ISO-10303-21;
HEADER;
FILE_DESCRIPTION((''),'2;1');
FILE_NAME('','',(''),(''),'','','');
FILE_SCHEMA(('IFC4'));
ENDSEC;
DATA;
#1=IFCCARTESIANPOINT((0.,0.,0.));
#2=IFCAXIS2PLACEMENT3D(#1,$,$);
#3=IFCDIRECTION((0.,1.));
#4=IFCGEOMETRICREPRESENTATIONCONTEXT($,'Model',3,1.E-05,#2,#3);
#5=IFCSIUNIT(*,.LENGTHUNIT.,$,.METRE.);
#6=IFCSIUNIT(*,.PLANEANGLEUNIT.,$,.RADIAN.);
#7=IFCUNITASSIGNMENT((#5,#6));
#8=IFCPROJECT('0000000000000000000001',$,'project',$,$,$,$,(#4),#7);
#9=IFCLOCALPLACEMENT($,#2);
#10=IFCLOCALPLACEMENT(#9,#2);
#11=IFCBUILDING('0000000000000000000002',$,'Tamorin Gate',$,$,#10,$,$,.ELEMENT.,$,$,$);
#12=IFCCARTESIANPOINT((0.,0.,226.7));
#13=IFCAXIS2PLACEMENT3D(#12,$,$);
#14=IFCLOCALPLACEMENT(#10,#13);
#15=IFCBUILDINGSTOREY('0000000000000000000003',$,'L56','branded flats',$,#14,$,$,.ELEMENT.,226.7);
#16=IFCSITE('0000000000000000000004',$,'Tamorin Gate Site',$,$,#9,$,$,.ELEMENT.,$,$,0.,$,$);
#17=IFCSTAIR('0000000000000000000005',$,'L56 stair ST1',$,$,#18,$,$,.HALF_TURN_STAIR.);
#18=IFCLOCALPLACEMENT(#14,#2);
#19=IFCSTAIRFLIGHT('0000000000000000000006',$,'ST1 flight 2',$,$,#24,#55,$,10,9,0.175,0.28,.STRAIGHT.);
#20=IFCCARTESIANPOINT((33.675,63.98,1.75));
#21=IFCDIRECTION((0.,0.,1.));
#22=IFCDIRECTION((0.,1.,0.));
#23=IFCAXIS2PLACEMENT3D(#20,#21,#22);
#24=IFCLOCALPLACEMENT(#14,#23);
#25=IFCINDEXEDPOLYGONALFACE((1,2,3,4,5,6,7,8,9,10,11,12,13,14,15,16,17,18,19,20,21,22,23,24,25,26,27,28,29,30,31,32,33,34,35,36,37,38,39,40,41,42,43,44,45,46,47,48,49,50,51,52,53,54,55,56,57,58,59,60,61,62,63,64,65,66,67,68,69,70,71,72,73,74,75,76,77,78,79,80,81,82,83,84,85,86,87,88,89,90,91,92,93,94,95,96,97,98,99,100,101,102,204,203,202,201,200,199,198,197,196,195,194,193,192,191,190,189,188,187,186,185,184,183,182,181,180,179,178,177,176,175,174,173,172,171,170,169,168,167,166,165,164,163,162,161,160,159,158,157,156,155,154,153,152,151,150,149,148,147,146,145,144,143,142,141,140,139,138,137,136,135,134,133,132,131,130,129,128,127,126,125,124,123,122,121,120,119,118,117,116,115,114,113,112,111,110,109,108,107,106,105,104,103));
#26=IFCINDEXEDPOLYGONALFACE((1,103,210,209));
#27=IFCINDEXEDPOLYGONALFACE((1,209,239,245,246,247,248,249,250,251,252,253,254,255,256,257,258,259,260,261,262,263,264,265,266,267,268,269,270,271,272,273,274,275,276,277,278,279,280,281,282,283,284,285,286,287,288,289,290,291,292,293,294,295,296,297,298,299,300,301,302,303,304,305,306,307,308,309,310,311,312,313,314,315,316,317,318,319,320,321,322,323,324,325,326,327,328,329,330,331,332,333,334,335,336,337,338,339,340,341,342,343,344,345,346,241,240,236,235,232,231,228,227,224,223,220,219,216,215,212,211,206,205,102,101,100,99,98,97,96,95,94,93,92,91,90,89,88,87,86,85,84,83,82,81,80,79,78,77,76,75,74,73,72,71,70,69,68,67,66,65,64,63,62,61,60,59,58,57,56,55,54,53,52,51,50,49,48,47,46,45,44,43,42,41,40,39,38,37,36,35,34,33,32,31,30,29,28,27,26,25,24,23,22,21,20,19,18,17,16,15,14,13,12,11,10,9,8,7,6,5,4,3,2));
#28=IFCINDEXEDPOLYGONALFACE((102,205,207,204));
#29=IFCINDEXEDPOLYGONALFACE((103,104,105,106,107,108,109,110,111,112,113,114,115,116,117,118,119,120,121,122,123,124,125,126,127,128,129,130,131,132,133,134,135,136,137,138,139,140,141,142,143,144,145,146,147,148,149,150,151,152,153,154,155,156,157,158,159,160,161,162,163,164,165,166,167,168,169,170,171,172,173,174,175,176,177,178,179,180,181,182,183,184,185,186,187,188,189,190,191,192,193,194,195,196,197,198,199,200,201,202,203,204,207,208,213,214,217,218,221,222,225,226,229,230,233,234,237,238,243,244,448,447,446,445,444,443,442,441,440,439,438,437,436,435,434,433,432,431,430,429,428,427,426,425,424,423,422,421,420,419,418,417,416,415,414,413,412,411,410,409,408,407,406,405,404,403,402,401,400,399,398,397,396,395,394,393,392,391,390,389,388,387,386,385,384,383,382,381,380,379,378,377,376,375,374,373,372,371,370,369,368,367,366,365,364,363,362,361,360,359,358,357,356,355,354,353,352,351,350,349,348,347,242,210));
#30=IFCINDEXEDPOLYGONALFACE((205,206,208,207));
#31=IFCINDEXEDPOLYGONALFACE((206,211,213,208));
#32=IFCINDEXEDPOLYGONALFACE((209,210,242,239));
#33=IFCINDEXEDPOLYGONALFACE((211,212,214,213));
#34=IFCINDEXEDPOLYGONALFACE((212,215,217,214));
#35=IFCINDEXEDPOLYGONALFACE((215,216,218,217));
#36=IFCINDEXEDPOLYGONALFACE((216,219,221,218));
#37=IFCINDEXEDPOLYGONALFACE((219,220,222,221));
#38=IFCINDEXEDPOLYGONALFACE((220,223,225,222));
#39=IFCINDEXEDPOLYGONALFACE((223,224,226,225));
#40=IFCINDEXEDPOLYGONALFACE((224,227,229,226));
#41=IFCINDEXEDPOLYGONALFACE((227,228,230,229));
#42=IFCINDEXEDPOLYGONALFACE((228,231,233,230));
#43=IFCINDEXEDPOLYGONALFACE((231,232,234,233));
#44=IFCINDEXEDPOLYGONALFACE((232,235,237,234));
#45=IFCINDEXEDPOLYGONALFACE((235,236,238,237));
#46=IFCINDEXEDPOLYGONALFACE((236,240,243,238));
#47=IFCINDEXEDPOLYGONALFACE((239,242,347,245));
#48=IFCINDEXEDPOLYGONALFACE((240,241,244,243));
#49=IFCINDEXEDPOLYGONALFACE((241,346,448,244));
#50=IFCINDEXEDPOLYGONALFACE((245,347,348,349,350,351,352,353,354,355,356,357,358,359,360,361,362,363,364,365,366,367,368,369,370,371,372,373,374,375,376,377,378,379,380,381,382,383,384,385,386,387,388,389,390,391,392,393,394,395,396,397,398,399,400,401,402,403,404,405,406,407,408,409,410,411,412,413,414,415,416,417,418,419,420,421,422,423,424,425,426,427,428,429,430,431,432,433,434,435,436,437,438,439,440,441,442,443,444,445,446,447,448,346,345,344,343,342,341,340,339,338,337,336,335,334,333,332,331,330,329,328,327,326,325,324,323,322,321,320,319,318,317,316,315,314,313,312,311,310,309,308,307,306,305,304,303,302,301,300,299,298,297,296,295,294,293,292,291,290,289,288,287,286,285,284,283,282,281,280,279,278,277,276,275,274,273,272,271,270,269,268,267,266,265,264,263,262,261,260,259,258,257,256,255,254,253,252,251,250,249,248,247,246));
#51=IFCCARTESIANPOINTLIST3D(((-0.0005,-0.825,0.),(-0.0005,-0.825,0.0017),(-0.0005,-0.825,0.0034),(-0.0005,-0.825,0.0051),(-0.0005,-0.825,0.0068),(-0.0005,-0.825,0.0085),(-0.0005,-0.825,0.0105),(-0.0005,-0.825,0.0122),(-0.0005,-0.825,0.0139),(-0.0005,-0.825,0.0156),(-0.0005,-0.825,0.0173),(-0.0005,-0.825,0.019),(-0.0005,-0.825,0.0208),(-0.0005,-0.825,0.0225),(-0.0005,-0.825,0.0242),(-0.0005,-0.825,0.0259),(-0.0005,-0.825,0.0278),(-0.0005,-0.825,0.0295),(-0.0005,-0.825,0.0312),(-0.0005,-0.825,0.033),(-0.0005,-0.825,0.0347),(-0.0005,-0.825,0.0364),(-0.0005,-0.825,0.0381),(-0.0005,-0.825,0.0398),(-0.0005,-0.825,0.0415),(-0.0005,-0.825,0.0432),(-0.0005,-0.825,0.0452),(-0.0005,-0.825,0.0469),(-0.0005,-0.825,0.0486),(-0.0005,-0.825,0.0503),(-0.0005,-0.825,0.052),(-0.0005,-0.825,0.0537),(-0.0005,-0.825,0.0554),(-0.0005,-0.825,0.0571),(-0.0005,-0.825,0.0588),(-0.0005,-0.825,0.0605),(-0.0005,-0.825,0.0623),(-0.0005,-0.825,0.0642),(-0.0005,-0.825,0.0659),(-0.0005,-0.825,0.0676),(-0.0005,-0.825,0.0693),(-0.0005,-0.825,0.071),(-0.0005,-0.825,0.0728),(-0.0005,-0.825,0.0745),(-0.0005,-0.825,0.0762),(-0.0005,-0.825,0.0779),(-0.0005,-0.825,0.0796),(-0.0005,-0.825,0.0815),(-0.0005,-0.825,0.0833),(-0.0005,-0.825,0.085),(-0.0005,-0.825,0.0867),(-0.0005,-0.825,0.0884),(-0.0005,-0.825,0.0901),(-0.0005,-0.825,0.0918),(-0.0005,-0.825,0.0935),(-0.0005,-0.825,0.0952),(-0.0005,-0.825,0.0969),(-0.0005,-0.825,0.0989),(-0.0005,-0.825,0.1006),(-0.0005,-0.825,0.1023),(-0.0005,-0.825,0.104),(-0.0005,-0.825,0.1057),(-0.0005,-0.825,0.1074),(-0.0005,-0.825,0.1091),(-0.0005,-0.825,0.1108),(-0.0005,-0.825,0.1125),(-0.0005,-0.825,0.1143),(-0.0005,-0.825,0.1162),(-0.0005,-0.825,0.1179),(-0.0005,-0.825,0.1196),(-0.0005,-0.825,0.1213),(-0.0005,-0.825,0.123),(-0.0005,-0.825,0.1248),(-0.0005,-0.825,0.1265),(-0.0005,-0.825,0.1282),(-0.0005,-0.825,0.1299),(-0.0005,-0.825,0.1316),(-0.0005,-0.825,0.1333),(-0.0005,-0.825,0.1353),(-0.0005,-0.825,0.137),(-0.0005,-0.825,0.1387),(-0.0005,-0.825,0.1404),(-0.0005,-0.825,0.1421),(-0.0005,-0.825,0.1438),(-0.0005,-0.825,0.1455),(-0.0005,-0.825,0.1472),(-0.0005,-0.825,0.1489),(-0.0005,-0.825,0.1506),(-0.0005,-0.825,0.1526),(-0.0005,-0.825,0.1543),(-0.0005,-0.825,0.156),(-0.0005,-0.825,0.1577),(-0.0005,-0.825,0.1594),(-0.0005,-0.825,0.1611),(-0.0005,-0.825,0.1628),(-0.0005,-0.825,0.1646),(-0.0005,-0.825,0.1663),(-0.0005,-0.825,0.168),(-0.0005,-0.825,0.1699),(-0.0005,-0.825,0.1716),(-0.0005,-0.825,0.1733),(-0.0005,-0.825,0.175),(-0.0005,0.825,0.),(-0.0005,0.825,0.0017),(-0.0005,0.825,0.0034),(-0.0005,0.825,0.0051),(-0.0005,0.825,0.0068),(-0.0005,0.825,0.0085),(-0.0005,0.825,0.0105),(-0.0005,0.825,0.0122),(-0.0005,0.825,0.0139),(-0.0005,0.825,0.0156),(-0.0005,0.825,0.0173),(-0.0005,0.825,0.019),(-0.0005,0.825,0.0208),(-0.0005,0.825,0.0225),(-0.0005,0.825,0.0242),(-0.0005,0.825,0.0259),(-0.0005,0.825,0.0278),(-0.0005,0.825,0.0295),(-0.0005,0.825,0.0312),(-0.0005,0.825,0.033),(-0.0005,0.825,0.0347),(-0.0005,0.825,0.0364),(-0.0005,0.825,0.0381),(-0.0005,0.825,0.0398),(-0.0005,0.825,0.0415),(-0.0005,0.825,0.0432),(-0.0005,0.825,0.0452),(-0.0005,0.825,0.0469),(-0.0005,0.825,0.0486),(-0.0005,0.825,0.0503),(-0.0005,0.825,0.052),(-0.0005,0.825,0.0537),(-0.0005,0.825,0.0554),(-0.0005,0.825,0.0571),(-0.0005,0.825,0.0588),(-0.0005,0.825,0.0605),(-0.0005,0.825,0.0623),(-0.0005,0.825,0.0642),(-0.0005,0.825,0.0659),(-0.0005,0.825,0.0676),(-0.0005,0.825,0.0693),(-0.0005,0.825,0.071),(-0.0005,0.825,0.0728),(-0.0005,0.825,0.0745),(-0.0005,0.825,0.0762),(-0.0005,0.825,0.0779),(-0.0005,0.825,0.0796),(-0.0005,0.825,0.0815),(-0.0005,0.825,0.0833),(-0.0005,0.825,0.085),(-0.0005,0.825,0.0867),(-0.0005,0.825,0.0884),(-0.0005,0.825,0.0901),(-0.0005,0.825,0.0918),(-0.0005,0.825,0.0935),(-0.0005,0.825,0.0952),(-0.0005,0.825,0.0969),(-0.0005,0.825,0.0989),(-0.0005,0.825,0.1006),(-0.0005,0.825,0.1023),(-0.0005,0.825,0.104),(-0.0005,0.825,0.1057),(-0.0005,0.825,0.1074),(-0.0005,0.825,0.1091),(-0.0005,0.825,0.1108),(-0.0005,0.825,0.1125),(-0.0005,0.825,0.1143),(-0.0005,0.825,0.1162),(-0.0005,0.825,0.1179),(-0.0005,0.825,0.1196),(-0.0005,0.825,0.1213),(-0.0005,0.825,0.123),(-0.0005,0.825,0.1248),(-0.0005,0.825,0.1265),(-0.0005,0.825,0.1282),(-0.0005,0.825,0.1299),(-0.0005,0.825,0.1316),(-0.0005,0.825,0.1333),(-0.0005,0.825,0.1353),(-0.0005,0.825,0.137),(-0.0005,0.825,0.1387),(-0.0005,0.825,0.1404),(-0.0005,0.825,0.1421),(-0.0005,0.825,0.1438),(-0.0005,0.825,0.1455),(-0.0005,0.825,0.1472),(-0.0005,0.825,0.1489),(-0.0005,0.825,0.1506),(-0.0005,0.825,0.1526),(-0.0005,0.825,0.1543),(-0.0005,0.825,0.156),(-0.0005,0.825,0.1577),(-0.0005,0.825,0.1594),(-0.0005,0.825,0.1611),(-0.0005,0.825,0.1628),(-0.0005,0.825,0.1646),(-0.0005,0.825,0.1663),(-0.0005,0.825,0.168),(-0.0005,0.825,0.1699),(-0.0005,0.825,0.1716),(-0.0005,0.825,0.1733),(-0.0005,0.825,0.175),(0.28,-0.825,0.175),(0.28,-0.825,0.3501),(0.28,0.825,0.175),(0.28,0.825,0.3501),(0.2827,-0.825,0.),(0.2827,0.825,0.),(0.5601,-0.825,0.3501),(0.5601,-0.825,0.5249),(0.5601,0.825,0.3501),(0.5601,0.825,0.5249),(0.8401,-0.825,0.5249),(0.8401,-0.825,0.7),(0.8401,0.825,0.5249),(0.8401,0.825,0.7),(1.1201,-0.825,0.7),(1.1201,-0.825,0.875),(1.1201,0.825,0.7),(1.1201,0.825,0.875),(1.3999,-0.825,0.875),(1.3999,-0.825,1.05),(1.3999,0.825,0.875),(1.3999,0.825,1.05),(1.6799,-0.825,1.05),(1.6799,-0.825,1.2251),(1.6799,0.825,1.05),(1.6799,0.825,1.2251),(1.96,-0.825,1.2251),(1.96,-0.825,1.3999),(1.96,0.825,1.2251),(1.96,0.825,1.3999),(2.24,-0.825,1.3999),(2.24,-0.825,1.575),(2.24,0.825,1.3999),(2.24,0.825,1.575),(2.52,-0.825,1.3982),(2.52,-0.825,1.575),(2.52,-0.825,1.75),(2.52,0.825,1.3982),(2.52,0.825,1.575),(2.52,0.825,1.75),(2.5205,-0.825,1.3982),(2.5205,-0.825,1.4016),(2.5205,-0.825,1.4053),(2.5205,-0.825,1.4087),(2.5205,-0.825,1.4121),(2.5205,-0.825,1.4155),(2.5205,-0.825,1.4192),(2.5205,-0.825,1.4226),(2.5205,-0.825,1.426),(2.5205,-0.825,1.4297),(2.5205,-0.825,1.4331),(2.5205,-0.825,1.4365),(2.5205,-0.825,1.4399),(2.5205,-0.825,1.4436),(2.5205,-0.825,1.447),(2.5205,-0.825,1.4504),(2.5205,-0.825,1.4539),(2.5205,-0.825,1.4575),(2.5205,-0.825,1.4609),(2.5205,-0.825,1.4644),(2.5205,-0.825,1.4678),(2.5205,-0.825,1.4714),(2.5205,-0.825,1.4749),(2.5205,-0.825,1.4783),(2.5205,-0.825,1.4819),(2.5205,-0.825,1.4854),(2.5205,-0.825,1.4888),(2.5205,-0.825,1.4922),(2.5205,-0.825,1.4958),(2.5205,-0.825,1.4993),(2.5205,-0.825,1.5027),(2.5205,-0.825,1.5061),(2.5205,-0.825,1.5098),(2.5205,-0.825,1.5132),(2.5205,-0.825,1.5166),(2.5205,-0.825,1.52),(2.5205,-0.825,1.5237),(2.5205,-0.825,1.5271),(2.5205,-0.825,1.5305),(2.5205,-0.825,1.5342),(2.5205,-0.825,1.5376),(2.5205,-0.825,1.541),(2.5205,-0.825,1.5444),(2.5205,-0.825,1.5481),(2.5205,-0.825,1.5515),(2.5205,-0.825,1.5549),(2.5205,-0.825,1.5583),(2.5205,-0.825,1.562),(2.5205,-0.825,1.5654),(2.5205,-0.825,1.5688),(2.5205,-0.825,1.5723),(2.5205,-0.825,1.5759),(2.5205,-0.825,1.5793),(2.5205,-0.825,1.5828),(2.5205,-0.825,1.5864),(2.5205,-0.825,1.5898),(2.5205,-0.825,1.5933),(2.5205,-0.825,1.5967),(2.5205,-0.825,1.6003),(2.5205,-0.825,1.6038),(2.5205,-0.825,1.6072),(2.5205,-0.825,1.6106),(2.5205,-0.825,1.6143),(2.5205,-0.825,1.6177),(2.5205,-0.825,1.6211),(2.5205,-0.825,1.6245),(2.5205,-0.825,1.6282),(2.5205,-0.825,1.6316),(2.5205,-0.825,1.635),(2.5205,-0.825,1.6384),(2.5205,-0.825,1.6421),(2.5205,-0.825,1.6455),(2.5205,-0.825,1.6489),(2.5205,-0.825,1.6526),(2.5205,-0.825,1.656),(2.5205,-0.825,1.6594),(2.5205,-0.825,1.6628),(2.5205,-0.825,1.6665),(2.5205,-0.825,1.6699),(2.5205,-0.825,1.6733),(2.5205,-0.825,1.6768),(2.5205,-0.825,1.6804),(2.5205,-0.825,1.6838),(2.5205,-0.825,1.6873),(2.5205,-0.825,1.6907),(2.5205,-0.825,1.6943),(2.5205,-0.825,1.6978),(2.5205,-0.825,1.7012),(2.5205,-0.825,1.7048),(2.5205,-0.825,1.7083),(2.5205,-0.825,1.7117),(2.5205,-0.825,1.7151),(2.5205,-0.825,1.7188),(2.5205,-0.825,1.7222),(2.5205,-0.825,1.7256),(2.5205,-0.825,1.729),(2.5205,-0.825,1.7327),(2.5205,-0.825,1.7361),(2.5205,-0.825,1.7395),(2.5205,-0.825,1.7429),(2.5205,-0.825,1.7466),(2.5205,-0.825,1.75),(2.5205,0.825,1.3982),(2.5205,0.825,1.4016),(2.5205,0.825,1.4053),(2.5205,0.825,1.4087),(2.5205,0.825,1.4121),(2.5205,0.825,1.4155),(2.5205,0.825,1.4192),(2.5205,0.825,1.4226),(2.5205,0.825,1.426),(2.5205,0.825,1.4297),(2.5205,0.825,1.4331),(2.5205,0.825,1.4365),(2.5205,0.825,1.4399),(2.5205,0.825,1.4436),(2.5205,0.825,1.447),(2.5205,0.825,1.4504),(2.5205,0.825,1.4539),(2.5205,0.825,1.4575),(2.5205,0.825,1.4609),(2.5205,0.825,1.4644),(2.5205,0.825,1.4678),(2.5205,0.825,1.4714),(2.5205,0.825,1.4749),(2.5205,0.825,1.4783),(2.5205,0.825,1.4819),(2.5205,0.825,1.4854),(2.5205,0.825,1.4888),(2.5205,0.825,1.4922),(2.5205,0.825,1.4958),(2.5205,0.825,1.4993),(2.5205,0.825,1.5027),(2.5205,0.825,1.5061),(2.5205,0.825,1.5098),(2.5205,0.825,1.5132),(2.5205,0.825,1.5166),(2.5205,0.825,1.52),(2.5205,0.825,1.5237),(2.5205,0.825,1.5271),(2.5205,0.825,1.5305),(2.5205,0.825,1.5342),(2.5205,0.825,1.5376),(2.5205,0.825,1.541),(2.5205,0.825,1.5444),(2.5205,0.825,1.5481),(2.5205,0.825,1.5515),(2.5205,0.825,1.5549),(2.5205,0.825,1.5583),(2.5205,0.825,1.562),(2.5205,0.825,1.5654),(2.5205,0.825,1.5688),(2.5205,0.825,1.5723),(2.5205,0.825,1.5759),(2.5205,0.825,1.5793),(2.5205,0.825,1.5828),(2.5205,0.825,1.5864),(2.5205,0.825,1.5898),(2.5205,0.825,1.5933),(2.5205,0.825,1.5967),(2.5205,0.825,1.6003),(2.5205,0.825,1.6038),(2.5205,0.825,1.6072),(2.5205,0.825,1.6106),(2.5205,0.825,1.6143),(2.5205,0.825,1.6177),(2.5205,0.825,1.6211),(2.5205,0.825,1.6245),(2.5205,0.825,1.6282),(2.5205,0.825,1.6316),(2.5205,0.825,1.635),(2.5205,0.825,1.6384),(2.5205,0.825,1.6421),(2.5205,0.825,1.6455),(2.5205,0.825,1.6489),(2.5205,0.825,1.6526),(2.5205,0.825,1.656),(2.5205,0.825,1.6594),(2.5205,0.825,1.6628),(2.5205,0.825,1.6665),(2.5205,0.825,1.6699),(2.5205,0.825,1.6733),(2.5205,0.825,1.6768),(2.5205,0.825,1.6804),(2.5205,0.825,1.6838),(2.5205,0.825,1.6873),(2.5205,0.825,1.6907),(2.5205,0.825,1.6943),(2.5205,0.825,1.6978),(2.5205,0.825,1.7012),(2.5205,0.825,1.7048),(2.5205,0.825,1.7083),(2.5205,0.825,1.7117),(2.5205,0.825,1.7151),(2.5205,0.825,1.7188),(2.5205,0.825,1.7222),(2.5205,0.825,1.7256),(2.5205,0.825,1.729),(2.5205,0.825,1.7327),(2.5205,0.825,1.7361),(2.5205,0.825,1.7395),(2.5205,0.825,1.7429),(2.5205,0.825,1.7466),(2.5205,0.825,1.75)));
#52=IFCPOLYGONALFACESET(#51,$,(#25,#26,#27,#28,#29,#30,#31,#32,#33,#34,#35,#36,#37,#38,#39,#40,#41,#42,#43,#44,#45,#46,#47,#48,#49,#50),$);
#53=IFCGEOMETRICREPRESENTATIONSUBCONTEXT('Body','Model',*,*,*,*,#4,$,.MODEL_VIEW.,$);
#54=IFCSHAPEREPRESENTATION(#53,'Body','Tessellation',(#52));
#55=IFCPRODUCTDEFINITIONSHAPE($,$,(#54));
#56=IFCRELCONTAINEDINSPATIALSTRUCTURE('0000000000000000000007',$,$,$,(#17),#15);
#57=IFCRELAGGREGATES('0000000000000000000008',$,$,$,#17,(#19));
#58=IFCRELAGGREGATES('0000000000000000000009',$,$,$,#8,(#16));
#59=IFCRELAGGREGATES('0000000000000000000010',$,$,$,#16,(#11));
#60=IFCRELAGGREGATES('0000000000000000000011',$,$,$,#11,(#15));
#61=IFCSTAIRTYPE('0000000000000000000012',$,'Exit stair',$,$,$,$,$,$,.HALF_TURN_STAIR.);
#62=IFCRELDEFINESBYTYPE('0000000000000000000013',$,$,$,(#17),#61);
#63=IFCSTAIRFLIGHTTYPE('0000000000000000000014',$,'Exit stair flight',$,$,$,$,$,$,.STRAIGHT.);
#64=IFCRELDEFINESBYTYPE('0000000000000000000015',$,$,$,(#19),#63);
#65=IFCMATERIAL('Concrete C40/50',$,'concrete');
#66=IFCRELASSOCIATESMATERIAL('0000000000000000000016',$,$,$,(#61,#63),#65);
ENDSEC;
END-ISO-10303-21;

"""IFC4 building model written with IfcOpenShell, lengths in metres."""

from ifc_helpers import new_model, si_unit, direction, frame, origin, place, context, subcontext, project, spatial, polyline, outline, extrude, material, type_object, element, aggregate, save


model = new_model("IFC4")

# Units and contexts
model_context = context("Model", 3, precision=1e-05, world=origin(), true_north=direction((0.0, 1.0)))
body_context = subcontext(model_context, "Body", "Model", "MODEL_VIEW")
ifc_project = project(units=[si_unit("LENGTHUNIT", "METRE"), si_unit("PLANEANGLEUNIT", "RADIAN")], contexts=[model_context])

# Site, building, storey
site_placement = place(None, origin())
site = spatial("IfcSite", under=ifc_project, at=site_placement, Name="Tamorin Gate Site", CompositionType="ELEMENT", RefElevation=0.0)
building_placement = place(site_placement, origin())
building = spatial("IfcBuilding", under=site, at=building_placement, Name="Tamorin Gate", CompositionType="ELEMENT")
storey_placement = place(building_placement, frame((0.0, 0.0, 226.7)))
storey = spatial("IfcBuildingStorey", under=building, at=storey_placement, Name="L56", Description="branded flats", CompositionType="ELEMENT", Elevation=226.7)

# Shared definitions
ifc_material_1 = material(Name="Concrete C40/50", Category="concrete")

# Stair, stair flight
stair_type = type_object("IfcStairType", Name="Exit stair", PredefinedType="HALF_TURN_STAIR", material=ifc_material_1)
stair_1_placement = place(storey_placement, origin())
stair_1 = element("IfcStair", 1, at=stair_1_placement, inside=storey, type_object=stair_type, Name="L56 stair ST1", PredefinedType="HALF_TURN_STAIR")
stair_flight_type = type_object("IfcStairFlightType", Name="Exit stair flight", PredefinedType="STRAIGHT", material=ifc_material_1)
stair_flight_1_placement = place(storey_placement, frame((33.675, 63.98, 1.75), z_axis=(0.0, 0.0, 1.0), x_axis=(0.0, 1.0, 0.0)))
stair_flight_1 = element("IfcStairFlight", 2, at=stair_flight_1_placement, type_object=stair_flight_type, Name="ST1 flight 2", NumberOfRisers=10, NumberOfTreads=9, PredefinedType="STRAIGHT", RiserHeight=0.175, TreadLength=0.28, context=body_context, shape_type="SweptSolid", body=[
    extrude(outline(polyline([(-0.0005, 0.0), (-0.0005, 0.0017), (-0.0005, 0.0034), (-0.0005, 0.0051), (-0.0005, 0.0068), (-0.0005, 0.0085), (-0.0005, 0.0105), (-0.0005, 0.0122), (-0.0005, 0.0139), (-0.0005, 0.0156), (-0.0005, 0.0173), (-0.0005, 0.019), (-0.0005, 0.0208), (-0.0005, 0.0225), (-0.0005, 0.0242), (-0.0005, 0.0259), (-0.0005, 0.0278), (-0.0005, 0.0295), (-0.0005, 0.0312), (-0.0005, 0.033), (-0.0005, 0.0347), (-0.0005, 0.0364), (-0.0005, 0.0381), (-0.0005, 0.0398), (-0.0005, 0.0415), (-0.0005, 0.0432), (-0.0005, 0.0452), (-0.0005, 0.0469), (-0.0005, 0.0486), (-0.0005, 0.0503), (-0.0005, 0.052), (-0.0005, 0.0537), (-0.0005, 0.0554), (-0.0005, 0.0571), (-0.0005, 0.0588), (-0.0005, 0.0605), (-0.0005, 0.0623), (-0.0005, 0.0642), (-0.0005, 0.0659), (-0.0005, 0.0676), (-0.0005, 0.0693), (-0.0005, 0.071), (-0.0005, 0.0728), (-0.0005, 0.0745), (-0.0005, 0.0762), (-0.0005, 0.0779), (-0.0005, 0.0796), (-0.0005, 0.0815), (-0.0005, 0.0833), (-0.0005, 0.085), (-0.0005, 0.0867), (-0.0005, 0.0884), (-0.0005, 0.0901), (-0.0005, 0.0918), (-0.0005, 0.0935), (-0.0005, 0.0952), (-0.0005, 0.0969), (-0.0005, 0.0989), (-0.0005, 0.1006), (-0.0005, 0.1023), (-0.0005, 0.104), (-0.0005, 0.1057), (-0.0005, 0.1074), (-0.0005, 0.1091), (-0.0005, 0.1108), (-0.0005, 0.1125), (-0.0005, 0.1143), (-0.0005, 0.1162), (-0.0005, 0.1179), (-0.0005, 0.1196), (-0.0005, 0.1213), (-0.0005, 0.123), (-0.0005, 0.1248), (-0.0005, 0.1265), (-0.0005, 0.1282), (-0.0005, 0.1299), (-0.0005, 0.1316), (-0.0005, 0.1333), (-0.0005, 0.1353), (-0.0005, 0.137), (-0.0005, 0.1387), (-0.0005, 0.1404), (-0.0005, 0.1421), (-0.0005, 0.1438), (-0.0005, 0.1455), (-0.0005, 0.1472), (-0.0005, 0.1489), (-0.0005, 0.1506), (-0.0005, 0.1526), (-0.0005, 0.1543), (-0.0005, 0.156), (-0.0005, 0.1577), (-0.0005, 0.1594), (-0.0005, 0.1611), (-0.0005, 0.1628), (-0.0005, 0.1646), (-0.0005, 0.1663), (-0.0005, 0.168), (-0.0005, 0.1699), (-0.0005, 0.1716), (-0.0005, 0.1733), (-0.0005, 0.175), (0.28, 0.175), (0.28, 0.3501), (0.5601, 0.3501), (0.5601, 0.5249), (0.8401, 0.5249), (0.8401, 0.7), (1.1201, 0.7), (1.1201, 0.875), (1.3999, 0.875), (1.3999, 1.05), (1.6799, 1.05), (1.6799, 1.2251), (1.96, 1.2251), (1.96, 1.3999), (2.24, 1.3999), (2.24, 1.575), (2.52, 1.575), (2.52, 1.75), (2.5205, 1.75), (2.5205, 1.7466), (2.5205, 1.7429), (2.5205, 1.7395), (2.5205, 1.7361), (2.5205, 1.7327), (2.5205, 1.729), (2.5205, 1.7256), (2.5205, 1.7222), (2.5205, 1.7188), (2.5205, 1.7151), (2.5205, 1.7117), (2.5205, 1.7083), (2.5205, 1.7048), (2.5205, 1.7012), (2.5205, 1.6978), (2.5205, 1.6943), (2.5205, 1.6907), (2.5205, 1.6873), (2.5205, 1.6838), (2.5205, 1.6804), (2.5205, 1.6768), (2.5205, 1.6733), (2.5205, 1.6699), (2.5205, 1.6665), (2.5205, 1.6628), (2.5205, 1.6594), (2.5205, 1.656), (2.5205, 1.6526), (2.5205, 1.6489), (2.5205, 1.6455), (2.5205, 1.6421), (2.5205, 1.6384), (2.5205, 1.635), (2.5205, 1.6316), (2.5205, 1.6282), (2.5205, 1.6245), (2.5205, 1.6211), (2.5205, 1.6177), (2.5205, 1.6143), (2.5205, 1.6106), (2.5205, 1.6072), (2.5205, 1.6038), (2.5205, 1.6003), (2.5205, 1.5967), (2.5205, 1.5933), (2.5205, 1.5898), (2.5205, 1.5864), (2.5205, 1.5828), (2.5205, 1.5793), (2.5205, 1.5759), (2.5205, 1.5723), (2.5205, 1.5688), (2.5205, 1.5654), (2.5205, 1.562), (2.5205, 1.5583), (2.5205, 1.5549), (2.5205, 1.5515), (2.5205, 1.5481), (2.5205, 1.5444), (2.5205, 1.541), (2.5205, 1.5376), (2.5205, 1.5342), (2.5205, 1.5305), (2.5205, 1.5271), (2.5205, 1.5237), (2.5205, 1.52), (2.5205, 1.5166), (2.5205, 1.5132), (2.5205, 1.5098), (2.5205, 1.5061), (2.5205, 1.5027), (2.5205, 1.4993), (2.5205, 1.4958), (2.5205, 1.4922), (2.5205, 1.4888), (2.5205, 1.4854), (2.5205, 1.4819), (2.5205, 1.4783), (2.5205, 1.4749), (2.5205, 1.4714), (2.5205, 1.4678), (2.5205, 1.4644), (2.5205, 1.4609), (2.5205, 1.4575), (2.5205, 1.4539), (2.5205, 1.4504), (2.5205, 1.447), (2.5205, 1.4436), (2.5205, 1.4399), (2.5205, 1.4365), (2.5205, 1.4331), (2.5205, 1.4297), (2.5205, 1.426), (2.5205, 1.4226), (2.5205, 1.4192), (2.5205, 1.4155), (2.5205, 1.4121), (2.5205, 1.4087), (2.5205, 1.4053), (2.5205, 1.4016), (2.5205, 1.3982), (2.52, 1.3982), (0.2827, 0.0), (-0.0005, 0.0)])), frame((0.0, 0.825, 0.0), z_axis=(0.0, -1.0, 0.0), x_axis=(1.0, 0.0, 0.0)), (0.0, 0.0, 1.0), 1.6499),
])
aggregate(stair_1, [stair_flight_1])

save(model, "model.ifc")
